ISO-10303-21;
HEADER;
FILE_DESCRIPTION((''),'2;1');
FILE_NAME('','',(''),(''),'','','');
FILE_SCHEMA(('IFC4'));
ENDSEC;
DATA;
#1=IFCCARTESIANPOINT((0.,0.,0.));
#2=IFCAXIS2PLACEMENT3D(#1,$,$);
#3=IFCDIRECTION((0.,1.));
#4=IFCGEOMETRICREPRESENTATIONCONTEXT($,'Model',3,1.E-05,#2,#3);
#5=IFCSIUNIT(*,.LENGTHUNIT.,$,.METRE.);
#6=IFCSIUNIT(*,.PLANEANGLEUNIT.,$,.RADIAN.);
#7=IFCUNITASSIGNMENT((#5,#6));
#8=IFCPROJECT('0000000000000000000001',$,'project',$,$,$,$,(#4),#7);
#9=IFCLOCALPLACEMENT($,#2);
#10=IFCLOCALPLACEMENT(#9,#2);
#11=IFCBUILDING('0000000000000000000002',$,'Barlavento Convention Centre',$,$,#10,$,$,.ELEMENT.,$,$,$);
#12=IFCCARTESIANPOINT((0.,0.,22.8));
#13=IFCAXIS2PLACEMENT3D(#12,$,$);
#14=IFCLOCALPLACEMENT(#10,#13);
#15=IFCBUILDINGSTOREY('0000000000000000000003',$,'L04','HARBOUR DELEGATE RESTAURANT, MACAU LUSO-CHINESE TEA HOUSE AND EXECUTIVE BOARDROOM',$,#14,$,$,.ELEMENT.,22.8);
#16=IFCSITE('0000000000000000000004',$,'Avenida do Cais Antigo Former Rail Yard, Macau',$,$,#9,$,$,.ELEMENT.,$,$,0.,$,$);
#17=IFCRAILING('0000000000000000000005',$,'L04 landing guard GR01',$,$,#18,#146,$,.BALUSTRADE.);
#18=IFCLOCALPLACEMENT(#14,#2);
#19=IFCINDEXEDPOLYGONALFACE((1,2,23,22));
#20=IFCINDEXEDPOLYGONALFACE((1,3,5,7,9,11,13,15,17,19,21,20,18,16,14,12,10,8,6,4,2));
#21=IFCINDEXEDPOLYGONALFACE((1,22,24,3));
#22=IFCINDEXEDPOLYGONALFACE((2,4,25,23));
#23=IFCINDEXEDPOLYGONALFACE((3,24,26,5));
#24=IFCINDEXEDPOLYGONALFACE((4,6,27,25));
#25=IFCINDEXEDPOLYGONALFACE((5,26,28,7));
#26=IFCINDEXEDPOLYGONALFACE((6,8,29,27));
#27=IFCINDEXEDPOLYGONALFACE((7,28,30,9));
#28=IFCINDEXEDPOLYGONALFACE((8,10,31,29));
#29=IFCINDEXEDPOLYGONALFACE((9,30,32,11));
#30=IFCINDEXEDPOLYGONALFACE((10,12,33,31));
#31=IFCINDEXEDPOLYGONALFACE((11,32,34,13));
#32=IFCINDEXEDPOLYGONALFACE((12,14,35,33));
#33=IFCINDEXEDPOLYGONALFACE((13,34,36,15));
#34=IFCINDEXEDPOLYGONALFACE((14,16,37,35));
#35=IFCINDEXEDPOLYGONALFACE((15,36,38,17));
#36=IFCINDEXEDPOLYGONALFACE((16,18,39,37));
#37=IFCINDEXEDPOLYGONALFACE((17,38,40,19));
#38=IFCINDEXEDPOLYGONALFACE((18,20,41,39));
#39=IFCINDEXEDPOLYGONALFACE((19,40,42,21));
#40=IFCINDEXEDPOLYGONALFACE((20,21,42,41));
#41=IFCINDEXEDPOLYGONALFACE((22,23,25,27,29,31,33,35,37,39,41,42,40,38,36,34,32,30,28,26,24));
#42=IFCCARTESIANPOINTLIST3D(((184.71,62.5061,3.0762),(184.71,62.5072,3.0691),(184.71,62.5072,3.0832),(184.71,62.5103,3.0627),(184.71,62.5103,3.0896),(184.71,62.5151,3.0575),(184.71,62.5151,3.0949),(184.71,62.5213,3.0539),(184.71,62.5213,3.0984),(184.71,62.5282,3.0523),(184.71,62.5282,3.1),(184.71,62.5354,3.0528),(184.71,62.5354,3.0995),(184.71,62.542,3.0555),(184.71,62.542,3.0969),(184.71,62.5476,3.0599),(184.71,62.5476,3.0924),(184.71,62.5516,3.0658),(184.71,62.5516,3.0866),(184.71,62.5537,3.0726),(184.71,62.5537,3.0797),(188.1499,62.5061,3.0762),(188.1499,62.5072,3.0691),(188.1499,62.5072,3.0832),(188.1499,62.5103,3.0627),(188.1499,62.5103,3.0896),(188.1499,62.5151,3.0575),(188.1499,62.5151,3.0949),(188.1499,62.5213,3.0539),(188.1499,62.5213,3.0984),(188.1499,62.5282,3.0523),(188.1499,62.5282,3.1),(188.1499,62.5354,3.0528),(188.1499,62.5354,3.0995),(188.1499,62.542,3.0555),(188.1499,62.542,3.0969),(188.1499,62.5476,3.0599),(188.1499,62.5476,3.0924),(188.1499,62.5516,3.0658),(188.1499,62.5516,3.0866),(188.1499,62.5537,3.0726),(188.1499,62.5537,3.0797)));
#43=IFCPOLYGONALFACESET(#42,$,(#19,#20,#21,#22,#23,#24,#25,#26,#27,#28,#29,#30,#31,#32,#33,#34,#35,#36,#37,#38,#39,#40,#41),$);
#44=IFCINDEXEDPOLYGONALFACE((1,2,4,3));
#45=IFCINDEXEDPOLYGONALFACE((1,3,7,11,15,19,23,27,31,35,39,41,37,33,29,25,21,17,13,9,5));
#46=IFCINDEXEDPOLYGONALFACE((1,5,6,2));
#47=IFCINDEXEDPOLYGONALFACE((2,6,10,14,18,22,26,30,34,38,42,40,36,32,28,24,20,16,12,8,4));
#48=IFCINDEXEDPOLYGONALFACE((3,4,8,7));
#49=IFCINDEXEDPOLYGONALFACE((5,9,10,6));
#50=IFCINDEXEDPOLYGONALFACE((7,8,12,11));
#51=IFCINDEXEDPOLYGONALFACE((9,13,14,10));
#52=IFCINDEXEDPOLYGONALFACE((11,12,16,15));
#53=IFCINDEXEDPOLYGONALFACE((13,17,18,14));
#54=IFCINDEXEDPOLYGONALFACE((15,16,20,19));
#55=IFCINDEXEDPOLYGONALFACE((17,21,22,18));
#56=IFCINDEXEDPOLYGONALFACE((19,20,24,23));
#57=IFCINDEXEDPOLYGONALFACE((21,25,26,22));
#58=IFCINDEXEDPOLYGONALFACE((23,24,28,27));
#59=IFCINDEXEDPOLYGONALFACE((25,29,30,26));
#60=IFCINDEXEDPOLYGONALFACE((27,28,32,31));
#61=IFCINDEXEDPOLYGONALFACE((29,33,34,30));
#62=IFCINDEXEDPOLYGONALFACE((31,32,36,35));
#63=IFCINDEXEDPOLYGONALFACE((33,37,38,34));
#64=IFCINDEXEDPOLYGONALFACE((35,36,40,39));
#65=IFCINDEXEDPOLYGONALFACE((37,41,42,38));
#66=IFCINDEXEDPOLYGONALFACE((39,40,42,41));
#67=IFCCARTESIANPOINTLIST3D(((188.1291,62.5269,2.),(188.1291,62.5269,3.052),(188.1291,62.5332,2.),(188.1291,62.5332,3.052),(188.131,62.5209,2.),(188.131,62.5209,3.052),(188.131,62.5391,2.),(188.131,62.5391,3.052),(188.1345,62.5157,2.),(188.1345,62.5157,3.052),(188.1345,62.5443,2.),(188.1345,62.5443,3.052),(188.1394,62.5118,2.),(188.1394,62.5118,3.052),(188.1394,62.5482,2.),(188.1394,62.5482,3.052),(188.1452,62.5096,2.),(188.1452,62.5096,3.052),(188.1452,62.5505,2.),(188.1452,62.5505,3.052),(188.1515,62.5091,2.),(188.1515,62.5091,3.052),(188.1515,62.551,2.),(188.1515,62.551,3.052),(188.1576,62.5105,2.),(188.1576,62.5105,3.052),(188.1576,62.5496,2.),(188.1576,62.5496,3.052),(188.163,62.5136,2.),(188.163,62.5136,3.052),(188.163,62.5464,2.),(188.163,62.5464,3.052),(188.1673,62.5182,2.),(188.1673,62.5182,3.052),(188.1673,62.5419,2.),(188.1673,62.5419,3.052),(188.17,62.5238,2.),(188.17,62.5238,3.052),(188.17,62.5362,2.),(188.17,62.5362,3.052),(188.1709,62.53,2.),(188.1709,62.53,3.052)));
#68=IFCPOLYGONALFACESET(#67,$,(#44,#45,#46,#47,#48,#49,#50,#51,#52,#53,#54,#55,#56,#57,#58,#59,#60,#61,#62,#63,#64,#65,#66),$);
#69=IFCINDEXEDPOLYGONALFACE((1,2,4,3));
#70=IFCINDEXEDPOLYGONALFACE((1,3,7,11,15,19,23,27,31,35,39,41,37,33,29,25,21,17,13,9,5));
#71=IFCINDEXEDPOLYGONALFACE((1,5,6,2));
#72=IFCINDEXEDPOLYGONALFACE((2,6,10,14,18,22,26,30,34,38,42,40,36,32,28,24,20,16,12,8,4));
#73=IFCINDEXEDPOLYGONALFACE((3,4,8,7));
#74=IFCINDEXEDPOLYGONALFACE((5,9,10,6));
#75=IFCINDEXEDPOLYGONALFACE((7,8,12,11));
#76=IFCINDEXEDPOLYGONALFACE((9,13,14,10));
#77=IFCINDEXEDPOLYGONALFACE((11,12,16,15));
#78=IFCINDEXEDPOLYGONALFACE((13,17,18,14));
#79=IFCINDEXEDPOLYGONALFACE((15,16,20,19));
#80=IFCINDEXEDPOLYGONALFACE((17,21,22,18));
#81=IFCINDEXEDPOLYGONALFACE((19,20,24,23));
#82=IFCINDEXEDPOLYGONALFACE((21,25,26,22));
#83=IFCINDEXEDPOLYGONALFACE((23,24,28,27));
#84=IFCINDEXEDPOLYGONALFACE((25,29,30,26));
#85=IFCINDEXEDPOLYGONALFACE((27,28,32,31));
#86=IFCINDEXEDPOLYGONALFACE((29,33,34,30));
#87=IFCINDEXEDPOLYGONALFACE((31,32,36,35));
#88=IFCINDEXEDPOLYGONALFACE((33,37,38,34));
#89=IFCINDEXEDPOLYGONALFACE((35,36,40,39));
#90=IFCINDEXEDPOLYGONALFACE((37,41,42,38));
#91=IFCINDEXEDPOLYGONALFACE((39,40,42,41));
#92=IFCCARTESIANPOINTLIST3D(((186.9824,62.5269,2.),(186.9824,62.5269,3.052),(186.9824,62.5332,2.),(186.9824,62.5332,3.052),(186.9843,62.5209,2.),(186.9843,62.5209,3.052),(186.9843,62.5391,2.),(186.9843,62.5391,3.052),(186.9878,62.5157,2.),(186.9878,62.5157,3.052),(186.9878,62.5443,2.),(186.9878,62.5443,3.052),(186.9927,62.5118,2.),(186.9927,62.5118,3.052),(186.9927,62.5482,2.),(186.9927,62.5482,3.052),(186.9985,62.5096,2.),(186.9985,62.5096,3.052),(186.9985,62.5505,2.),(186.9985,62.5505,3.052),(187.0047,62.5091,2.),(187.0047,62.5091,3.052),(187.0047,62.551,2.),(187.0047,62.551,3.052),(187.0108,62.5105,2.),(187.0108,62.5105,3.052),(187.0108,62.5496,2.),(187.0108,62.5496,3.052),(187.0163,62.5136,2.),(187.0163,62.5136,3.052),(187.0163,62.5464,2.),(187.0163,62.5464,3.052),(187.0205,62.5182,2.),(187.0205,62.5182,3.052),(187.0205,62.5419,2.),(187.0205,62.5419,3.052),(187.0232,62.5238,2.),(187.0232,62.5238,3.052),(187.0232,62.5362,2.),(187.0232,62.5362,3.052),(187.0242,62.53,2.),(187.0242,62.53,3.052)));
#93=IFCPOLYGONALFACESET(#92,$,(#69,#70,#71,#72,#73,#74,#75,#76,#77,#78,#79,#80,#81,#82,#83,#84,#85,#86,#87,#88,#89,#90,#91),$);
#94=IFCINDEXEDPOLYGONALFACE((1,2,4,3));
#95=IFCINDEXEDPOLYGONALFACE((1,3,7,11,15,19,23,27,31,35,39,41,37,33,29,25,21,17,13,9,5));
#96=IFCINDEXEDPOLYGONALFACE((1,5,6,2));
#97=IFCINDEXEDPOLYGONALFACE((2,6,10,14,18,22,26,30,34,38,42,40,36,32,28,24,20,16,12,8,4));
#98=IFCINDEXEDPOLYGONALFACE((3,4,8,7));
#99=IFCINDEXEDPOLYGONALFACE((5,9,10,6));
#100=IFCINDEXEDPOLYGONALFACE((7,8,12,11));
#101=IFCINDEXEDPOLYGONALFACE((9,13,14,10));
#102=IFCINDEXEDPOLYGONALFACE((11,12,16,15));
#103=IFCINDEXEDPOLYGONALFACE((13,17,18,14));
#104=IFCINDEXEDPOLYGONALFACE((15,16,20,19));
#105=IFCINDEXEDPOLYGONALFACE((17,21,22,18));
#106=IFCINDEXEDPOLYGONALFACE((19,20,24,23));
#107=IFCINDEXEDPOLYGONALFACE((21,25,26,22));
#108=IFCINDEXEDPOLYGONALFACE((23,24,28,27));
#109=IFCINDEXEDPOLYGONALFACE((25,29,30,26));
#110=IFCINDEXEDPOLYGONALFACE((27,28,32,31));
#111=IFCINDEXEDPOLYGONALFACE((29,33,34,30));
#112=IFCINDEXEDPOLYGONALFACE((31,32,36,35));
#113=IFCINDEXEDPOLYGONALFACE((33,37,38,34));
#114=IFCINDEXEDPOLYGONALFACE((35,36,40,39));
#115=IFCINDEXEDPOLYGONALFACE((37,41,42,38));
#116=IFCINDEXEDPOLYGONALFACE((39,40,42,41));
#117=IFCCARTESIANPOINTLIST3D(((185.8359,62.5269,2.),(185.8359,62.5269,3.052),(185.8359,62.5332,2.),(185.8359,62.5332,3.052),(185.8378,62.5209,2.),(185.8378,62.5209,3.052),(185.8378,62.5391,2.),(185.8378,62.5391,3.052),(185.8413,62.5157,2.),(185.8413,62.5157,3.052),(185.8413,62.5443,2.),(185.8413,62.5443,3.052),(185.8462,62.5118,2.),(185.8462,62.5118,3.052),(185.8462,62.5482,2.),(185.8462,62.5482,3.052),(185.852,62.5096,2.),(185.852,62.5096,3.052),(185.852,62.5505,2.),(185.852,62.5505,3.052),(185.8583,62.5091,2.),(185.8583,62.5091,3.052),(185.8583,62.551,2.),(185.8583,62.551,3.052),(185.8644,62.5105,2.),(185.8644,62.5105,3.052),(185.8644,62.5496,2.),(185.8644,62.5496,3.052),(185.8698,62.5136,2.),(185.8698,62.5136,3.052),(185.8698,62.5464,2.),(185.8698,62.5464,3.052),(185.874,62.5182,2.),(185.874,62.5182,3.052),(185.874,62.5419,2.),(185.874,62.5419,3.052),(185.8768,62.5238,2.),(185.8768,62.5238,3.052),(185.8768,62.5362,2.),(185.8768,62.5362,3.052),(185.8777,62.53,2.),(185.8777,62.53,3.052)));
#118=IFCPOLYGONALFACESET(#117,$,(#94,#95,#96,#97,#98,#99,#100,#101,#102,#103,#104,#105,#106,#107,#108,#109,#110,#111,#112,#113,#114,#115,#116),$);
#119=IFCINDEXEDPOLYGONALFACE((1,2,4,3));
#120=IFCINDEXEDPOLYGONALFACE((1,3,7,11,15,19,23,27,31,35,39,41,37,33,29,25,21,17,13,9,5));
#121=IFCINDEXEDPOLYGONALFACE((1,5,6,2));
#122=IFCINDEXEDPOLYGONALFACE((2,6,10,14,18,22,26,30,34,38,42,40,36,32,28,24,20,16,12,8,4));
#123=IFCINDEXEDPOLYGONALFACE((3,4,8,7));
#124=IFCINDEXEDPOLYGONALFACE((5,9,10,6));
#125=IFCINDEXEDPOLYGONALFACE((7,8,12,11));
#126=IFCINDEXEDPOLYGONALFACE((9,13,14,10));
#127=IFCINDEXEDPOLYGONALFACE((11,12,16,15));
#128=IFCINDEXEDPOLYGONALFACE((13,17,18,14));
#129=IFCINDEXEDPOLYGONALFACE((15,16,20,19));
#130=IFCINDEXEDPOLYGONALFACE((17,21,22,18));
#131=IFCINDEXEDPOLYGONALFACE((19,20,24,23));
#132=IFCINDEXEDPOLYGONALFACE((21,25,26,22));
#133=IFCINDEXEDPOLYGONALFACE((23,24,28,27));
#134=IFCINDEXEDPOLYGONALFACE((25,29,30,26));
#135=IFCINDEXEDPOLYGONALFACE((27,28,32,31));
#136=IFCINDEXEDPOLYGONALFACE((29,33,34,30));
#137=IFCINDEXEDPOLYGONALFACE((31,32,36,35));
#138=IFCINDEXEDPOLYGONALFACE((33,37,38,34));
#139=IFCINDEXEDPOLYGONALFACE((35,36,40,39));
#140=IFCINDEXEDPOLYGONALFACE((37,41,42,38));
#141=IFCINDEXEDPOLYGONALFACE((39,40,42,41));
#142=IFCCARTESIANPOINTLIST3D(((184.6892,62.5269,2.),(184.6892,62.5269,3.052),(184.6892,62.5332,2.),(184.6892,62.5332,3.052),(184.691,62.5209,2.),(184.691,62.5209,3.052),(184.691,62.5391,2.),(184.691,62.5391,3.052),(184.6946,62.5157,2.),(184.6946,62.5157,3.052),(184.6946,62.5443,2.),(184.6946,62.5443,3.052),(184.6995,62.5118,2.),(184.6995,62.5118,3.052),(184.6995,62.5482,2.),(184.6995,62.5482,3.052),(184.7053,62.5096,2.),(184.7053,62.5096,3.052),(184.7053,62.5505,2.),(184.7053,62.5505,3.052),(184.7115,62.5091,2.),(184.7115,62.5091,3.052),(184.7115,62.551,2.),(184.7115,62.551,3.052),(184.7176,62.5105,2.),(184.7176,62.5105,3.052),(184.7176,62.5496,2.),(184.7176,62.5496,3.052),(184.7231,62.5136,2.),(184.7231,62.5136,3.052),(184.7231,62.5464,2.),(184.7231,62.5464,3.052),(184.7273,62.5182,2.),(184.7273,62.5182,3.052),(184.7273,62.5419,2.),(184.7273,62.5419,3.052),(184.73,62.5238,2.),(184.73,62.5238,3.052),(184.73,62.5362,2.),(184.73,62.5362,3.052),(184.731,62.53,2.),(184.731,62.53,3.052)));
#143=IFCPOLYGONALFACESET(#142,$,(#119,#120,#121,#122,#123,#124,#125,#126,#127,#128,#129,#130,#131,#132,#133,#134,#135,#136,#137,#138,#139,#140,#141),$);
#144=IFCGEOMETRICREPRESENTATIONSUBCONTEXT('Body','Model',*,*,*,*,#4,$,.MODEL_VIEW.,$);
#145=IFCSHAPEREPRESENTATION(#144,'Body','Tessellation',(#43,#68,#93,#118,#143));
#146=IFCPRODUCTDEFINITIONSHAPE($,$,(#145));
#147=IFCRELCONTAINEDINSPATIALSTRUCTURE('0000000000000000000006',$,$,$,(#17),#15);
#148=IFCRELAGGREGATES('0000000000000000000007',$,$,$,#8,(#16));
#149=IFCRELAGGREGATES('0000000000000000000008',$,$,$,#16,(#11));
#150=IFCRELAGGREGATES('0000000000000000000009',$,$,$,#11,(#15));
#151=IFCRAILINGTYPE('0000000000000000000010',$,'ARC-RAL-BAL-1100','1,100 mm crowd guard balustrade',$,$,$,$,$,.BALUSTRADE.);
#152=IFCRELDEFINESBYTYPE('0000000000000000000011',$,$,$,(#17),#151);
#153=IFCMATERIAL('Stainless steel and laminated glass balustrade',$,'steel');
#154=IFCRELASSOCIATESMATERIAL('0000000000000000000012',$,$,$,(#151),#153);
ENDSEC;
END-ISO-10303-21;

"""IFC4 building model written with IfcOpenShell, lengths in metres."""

from ifc_helpers import new_model, si_unit, direction, frame, origin, origin_2d, place, context, subcontext, project, spatial, circle, extrude, material, type_object, element, save


model = new_model("IFC4")

# Units and contexts
model_context = context("Model", 3, precision=1e-05, world=origin(), true_north=direction((0.0, 1.0)))
body_context = subcontext(model_context, "Body", "Model", "MODEL_VIEW")
ifc_project = project(units=[si_unit("LENGTHUNIT", "METRE"), si_unit("PLANEANGLEUNIT", "RADIAN")], contexts=[model_context])

# Site, building, storey
site_placement = place(None, origin())
site = spatial("IfcSite", under=ifc_project, at=site_placement, Name="Avenida do Cais Antigo Former Rail Yard, Macau", CompositionType="ELEMENT", RefElevation=0.0)
building_placement = place(site_placement, origin())
building = spatial("IfcBuilding", under=site, at=building_placement, Name="Barlavento Convention Centre", CompositionType="ELEMENT")
storey_placement = place(building_placement, frame((0.0, 0.0, 22.8)))
storey = spatial("IfcBuildingStorey", under=building, at=storey_placement, Name="L04", Description="HARBOUR DELEGATE RESTAURANT, MACAU LUSO-CHINESE TEA HOUSE AND EXECUTIVE BOARDROOM", CompositionType="ELEMENT", Elevation=22.8)

# Railing
ifc_material_1 = material(Name="Stainless steel and laminated glass balustrade", Category="steel")
railing_type_1 = type_object("IfcRailingType", Name="ARC-RAL-BAL-1100", Description="1,100 mm crowd guard balustrade", PredefinedType="BALUSTRADE", material=ifc_material_1)
railing_1_placement = place(storey_placement, frame((188.1499, 62.53, 2.0)))
element("IfcRailing", 1, at=railing_1_placement, inside=storey, type_object=railing_type_1, Name="L04 landing guard GR01", PredefinedType="BALUSTRADE", context=body_context, shape_type="SweptSolid", body=[
    extrude(circle(Radius=0.0239, at=origin_2d()), frame((0.0, 0.0, 1.0762), z_axis=(-1.0, 0.0, 0.0), x_axis=(0.0, -1.0, 0.0)), (0.0, 0.0, 1.0), 3.4399),
    extrude(circle(Radius=0.021, at=origin_2d()), origin(), (0.0, 0.0, 1.0), 1.052),
    extrude(circle(Radius=0.021, at=origin_2d()), frame((-1.1467, 0.0, 0.0)), (0.0, 0.0, 1.0), 1.052),
    extrude(circle(Radius=0.021, at=origin_2d()), frame((-2.2932, 0.0, 0.0)), (0.0, 0.0, 1.0), 1.052),
    extrude(circle(Radius=0.021, at=origin_2d()), frame((-3.4399, 0.0, 0.0)), (0.0, 0.0, 1.0), 1.052),
])

save(model, "model.ifc")
